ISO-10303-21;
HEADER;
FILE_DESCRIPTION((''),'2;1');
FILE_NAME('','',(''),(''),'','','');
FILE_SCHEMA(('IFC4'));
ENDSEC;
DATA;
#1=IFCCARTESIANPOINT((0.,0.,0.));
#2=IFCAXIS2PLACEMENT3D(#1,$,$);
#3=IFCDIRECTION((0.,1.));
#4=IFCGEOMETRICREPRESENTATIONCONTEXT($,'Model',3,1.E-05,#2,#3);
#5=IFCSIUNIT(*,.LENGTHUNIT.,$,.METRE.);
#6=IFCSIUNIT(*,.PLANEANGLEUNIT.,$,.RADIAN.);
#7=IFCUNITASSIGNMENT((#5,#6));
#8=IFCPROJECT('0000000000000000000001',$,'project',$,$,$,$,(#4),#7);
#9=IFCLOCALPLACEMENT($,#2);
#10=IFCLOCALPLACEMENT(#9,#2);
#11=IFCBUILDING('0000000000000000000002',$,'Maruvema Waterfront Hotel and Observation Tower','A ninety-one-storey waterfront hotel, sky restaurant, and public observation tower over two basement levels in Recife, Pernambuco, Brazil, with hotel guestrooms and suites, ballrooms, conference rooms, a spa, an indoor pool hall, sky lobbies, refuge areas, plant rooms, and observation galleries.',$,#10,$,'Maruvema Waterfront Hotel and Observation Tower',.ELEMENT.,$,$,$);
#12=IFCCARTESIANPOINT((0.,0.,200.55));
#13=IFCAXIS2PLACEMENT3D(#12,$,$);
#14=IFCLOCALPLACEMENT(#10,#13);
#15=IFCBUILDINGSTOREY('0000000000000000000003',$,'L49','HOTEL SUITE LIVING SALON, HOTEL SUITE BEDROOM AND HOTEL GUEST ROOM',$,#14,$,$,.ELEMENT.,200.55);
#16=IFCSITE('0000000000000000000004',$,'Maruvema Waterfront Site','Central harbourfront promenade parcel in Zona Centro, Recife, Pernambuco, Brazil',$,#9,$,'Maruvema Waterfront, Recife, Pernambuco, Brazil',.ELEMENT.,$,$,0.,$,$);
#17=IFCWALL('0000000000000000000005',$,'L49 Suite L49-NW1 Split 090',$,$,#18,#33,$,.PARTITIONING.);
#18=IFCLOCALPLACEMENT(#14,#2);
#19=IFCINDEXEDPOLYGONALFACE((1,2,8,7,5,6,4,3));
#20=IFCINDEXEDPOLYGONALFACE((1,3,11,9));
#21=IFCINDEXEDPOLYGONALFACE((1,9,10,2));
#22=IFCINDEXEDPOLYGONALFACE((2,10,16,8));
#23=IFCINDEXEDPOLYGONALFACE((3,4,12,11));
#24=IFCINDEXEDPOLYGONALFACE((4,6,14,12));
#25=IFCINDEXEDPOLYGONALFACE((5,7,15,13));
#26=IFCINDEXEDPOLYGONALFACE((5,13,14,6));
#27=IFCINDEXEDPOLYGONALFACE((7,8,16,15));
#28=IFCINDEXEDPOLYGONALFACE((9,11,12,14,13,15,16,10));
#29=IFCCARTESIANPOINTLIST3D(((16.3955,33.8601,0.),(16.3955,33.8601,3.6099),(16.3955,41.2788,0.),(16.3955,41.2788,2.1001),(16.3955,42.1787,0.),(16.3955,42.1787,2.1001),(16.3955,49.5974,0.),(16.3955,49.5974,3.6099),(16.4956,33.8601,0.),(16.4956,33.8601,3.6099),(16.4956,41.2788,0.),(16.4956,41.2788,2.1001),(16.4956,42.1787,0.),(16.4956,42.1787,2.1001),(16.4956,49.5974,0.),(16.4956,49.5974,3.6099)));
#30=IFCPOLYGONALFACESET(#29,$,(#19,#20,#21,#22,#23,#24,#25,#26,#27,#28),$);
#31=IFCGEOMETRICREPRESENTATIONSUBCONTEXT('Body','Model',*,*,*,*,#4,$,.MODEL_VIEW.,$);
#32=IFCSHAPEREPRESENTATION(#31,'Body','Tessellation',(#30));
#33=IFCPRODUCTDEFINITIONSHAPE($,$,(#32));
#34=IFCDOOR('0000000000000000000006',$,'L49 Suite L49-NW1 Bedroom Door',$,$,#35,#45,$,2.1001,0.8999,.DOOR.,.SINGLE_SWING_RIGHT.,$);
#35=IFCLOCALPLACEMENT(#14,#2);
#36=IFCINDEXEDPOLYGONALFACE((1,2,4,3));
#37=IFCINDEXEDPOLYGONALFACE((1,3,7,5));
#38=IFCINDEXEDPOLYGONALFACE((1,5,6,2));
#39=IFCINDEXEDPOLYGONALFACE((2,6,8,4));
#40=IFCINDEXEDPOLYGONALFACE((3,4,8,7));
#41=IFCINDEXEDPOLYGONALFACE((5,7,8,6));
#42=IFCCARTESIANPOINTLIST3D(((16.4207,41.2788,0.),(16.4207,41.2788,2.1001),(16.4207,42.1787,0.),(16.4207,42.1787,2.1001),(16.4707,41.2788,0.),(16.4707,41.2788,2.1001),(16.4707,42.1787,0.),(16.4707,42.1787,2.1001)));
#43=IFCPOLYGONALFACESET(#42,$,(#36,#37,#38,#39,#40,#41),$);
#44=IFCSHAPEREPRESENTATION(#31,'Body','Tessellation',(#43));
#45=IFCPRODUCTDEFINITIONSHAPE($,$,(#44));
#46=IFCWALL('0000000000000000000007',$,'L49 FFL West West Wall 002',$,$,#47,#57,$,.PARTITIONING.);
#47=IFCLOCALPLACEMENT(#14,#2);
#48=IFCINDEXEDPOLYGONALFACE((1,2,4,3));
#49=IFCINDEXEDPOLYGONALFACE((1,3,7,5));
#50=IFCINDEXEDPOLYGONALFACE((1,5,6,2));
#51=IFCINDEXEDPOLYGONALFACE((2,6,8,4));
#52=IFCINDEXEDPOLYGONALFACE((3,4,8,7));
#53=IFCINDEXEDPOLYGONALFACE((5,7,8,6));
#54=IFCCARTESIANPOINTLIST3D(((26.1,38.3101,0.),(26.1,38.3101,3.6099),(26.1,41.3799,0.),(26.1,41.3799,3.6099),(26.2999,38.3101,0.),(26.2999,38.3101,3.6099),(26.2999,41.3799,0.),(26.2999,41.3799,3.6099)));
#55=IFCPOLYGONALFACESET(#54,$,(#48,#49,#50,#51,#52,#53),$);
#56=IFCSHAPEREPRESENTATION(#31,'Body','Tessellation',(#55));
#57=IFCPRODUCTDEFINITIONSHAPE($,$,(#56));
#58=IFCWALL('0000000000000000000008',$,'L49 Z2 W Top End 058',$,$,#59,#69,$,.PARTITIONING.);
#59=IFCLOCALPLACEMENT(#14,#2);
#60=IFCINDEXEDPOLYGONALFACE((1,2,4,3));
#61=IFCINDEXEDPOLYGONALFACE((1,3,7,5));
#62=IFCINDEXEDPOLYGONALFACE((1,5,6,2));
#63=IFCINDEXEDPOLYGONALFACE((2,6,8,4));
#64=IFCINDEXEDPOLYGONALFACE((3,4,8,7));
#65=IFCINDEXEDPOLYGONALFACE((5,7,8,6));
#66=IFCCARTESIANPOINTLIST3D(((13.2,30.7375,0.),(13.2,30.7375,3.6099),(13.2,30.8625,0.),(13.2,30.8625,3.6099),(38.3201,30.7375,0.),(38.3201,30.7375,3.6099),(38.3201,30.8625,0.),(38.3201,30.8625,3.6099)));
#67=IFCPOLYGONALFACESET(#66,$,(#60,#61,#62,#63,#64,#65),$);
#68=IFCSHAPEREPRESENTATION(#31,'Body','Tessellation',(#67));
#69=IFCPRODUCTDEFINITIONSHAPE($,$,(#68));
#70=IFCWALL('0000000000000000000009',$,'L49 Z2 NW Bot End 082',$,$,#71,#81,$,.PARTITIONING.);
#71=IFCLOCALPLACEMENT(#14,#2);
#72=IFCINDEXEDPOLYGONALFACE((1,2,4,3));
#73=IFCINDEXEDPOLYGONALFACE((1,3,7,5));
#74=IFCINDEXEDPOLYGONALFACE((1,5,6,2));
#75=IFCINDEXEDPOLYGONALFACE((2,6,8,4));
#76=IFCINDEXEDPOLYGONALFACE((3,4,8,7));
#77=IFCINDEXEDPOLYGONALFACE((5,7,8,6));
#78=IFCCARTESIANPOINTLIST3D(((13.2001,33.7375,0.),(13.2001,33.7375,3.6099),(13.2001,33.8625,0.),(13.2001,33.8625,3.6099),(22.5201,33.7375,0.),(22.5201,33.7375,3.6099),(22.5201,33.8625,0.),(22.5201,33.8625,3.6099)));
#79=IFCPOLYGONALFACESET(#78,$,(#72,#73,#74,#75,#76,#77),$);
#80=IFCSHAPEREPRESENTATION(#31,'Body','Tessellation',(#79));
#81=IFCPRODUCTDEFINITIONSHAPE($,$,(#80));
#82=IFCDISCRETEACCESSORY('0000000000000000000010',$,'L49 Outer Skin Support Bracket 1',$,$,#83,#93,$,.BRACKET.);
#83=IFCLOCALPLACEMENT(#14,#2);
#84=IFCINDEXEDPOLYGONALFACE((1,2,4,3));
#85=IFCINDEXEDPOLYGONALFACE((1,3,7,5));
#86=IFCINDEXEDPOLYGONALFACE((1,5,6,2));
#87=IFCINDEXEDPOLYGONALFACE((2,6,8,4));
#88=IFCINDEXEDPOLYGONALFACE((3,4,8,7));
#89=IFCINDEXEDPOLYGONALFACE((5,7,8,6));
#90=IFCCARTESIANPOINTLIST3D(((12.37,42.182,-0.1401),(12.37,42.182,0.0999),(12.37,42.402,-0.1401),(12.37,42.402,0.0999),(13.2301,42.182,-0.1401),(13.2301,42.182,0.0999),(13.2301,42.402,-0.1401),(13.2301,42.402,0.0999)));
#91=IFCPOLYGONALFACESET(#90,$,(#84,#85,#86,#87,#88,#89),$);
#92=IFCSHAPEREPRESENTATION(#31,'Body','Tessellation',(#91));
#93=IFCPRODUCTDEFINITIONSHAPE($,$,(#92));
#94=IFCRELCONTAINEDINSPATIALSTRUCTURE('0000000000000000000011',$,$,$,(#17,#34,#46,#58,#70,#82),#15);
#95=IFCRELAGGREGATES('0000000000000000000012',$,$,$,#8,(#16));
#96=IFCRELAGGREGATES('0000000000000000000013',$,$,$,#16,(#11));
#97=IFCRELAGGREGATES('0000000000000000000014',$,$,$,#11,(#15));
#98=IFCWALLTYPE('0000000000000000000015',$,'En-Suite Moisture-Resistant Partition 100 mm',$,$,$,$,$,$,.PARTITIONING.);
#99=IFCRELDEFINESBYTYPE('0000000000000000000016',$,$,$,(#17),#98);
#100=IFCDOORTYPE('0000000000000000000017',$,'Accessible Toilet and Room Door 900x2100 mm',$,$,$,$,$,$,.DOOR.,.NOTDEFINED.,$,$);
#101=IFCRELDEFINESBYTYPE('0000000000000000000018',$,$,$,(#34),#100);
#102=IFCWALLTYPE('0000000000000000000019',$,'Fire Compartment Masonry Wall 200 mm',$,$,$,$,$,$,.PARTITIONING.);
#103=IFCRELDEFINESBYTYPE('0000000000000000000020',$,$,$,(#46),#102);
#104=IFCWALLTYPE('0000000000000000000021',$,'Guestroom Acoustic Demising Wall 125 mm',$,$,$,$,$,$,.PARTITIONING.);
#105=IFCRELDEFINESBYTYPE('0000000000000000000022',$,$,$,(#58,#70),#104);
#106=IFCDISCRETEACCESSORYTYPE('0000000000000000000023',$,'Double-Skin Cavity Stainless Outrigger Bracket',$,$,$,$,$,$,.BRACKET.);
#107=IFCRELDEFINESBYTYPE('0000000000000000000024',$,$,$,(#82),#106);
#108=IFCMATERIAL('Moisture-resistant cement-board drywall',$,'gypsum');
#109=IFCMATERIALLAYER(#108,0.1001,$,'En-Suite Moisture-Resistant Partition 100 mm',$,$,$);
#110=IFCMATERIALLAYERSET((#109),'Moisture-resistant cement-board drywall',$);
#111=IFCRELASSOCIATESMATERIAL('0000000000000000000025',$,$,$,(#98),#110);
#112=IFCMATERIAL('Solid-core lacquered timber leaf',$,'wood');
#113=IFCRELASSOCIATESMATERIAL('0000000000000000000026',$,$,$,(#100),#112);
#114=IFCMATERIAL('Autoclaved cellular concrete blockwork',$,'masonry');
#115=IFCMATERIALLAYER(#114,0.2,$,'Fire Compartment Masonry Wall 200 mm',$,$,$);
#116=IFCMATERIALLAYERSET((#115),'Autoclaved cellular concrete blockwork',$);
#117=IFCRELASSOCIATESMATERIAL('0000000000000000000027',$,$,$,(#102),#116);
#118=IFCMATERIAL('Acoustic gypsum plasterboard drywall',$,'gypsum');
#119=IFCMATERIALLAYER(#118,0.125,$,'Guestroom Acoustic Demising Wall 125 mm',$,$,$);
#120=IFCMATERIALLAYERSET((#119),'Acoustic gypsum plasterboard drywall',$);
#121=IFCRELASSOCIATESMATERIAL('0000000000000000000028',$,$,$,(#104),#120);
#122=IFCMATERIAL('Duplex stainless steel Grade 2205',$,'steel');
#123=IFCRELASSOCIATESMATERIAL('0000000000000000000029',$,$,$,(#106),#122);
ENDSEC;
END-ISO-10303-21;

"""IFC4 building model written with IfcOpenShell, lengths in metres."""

from ifc_helpers import new_model, si_unit, direction, frame, frame_2d, origin, origin_2d, place, context, subcontext, project, spatial, rectangle, extrude, material, layer, layer_set, type_object, element, fill, save


model = new_model("IFC4")

# Units and contexts
model_context = context("Model", 3, precision=1e-05, world=origin(), true_north=direction((0.0, 1.0)))
body_context = subcontext(model_context, "Body", "Model", "MODEL_VIEW")
ifc_project = project(units=[si_unit("LENGTHUNIT", "METRE"), si_unit("PLANEANGLEUNIT", "RADIAN")], contexts=[model_context])

# Site, building, storey
site_placement = place(None, origin())
site = spatial("IfcSite", under=ifc_project, at=site_placement, Name="Maruvema Waterfront Site", Description="Central harbourfront promenade parcel in Zona Centro, Recife, Pernambuco, Brazil", LongName="Maruvema Waterfront, Recife, Pernambuco, Brazil", CompositionType="ELEMENT", RefElevation=0.0)
building_placement = place(site_placement, origin())
building = spatial("IfcBuilding", under=site, at=building_placement, Name="Maruvema Waterfront Hotel and Observation Tower", Description="A ninety-one-storey waterfront hotel, sky restaurant, and public observation tower over two basement levels in Recife, Pernambuco, Brazil, with hotel guestrooms and suites, ballrooms, conference rooms, a spa, an indoor pool hall, sky lobbies, refuge areas, plant rooms, and observation galleries.", LongName="Maruvema Waterfront Hotel and Observation Tower", CompositionType="ELEMENT")
storey_placement = place(building_placement, frame((0.0, 0.0, 200.55)))
storey = spatial("IfcBuildingStorey", under=building, at=storey_placement, Name="L49", Description="HOTEL SUITE LIVING SALON, HOTEL SUITE BEDROOM AND HOTEL GUEST ROOM", CompositionType="ELEMENT", Elevation=200.55)

# Wall, opening, door
ifc_material_1 = material(Name="Moisture-resistant cement-board drywall", Category="gypsum")
ifc_layer_1 = layer(ifc_material_1, 0.1001, Name="En-Suite Moisture-Resistant Partition 100 mm")
ifc_layer_set_1 = layer_set([ifc_layer_1], Name="Moisture-resistant cement-board drywall")
wall_type_1 = type_object("IfcWallType", Name="En-Suite Moisture-Resistant Partition 100 mm", PredefinedType="PARTITIONING", material=ifc_layer_set_1)
wall_1_placement = place(storey_placement, frame((16.4456, 33.8601, 0.0), z_axis=(0.0, 0.0, 1.0), x_axis=(0.0, 1.0, 0.0)))
wall_1 = element("IfcWall", 1, at=wall_1_placement, inside=storey, type_object=wall_type_1, Name="L49 Suite L49-NW1 Split 090", PredefinedType="PARTITIONING", context=body_context, shape_type="SweptSolid", body=[
    extrude(rectangle(XDim=15.7373, YDim=0.1001, at=frame_2d((7.8687, 0.0))), origin(), (0.0, 0.0, 1.0), 3.6099),
])
opening_1_placement = place(wall_1_placement, frame((7.4187, 0.0, 0.0)))
opening_1 = element("IfcOpeningElement", 2, at=opening_1_placement, cuts=wall_1, PredefinedType="OPENING", context=body_context, shape_type="SweptSolid", body=[
    extrude(rectangle(XDim=0.8999, YDim=2.1001, at=frame_2d((0.45, 1.05))), frame((0.0, 0.0601, 0.0), z_axis=(0.0, -1.0, 0.0), x_axis=(1.0, 0.0, 0.0)), (0.0, 0.0, 1.0), 0.1201),
])
ifc_material_2 = material(Name="Solid-core lacquered timber leaf", Category="wood")
door_type_1 = type_object("IfcDoorType", Name="Accessible Toilet and Room Door 900x2100 mm", OperationType="NOTDEFINED", PredefinedType="DOOR", material=ifc_material_2)
door_1_placement = place(opening_1_placement, origin())
door_1 = element("IfcDoor", 3, at=door_1_placement, inside=storey, type_object=door_type_1, Name="L49 Suite L49-NW1 Bedroom Door", OperationType="SINGLE_SWING_RIGHT", OverallHeight=2.1001, OverallWidth=0.8999, PredefinedType="DOOR", context=body_context, shape_type="SweptSolid", body=[
    extrude(rectangle(XDim=0.8999, YDim=2.1001, at=frame_2d((0.45, 1.05))), frame((0.0, 0.0249, 0.0), z_axis=(0.0, -1.0, 0.0), x_axis=(1.0, 0.0, 0.0)), (0.0, 0.0, 1.0), 0.05),
])
fill(opening_1, door_1)
ifc_material_3 = material(Name="Autoclaved cellular concrete blockwork", Category="masonry")
ifc_layer_2 = layer(ifc_material_3, 0.2, Name="Fire Compartment Masonry Wall 200 mm")
ifc_layer_set_2 = layer_set([ifc_layer_2], Name="Autoclaved cellular concrete blockwork")
wall_type_2 = type_object("IfcWallType", Name="Fire Compartment Masonry Wall 200 mm", PredefinedType="PARTITIONING", material=ifc_layer_set_2)

# Walls
wall_2_placement = place(storey_placement, frame((26.2, 38.3101, 0.0), z_axis=(0.0, 0.0, 1.0), x_axis=(0.0, 1.0, 0.0)))
element("IfcWall", 4, at=wall_2_placement, inside=storey, type_object=wall_type_2, Name="L49 FFL West West Wall 002", PredefinedType="PARTITIONING", context=body_context, shape_type="SweptSolid", body=[
    extrude(rectangle(XDim=3.0698, YDim=0.2, at=frame_2d((1.5349, 0.0))), origin(), (0.0, 0.0, 1.0), 3.6099),
])
ifc_material_4 = material(Name="Acoustic gypsum plasterboard drywall", Category="gypsum")
ifc_layer_3 = layer(ifc_material_4, 0.125, Name="Guestroom Acoustic Demising Wall 125 mm")
ifc_layer_set_3 = layer_set([ifc_layer_3], Name="Acoustic gypsum plasterboard drywall")
wall_type_3 = type_object("IfcWallType", Name="Guestroom Acoustic Demising Wall 125 mm", PredefinedType="PARTITIONING", material=ifc_layer_set_3)
wall_3_placement = place(storey_placement, frame((13.2, 30.8, 0.0), z_axis=(0.0, 0.0, 1.0), x_axis=(1.0, 0.0, 0.0)))
element("IfcWall", 5, at=wall_3_placement, inside=storey, type_object=wall_type_3, Name="L49 Z2 W Top End 058", PredefinedType="PARTITIONING", context=body_context, shape_type="SweptSolid", body=[
    extrude(rectangle(XDim=25.1201, YDim=0.125, at=frame_2d((12.5601, 0.0))), origin(), (0.0, 0.0, 1.0), 3.6099),
])
wall_4_placement = place(storey_placement, frame((13.2, 33.8, 0.0), z_axis=(0.0, 0.0, 1.0), x_axis=(1.0, 0.0, 0.0)))
element("IfcWall", 6, at=wall_4_placement, inside=storey, type_object=wall_type_3, Name="L49 Z2 NW Bot End 082", PredefinedType="PARTITIONING", context=body_context, shape_type="SweptSolid", body=[
    extrude(rectangle(XDim=9.3201, YDim=0.125, at=frame_2d((4.6602, 0.0))), origin(), (0.0, 0.0, 1.0), 3.6099),
])

# Discrete accessory
ifc_material_5 = material(Name="Duplex stainless steel Grade 2205", Category="steel")
discrete_accessory_type = type_object("IfcDiscreteAccessoryType", Name="Double-Skin Cavity Stainless Outrigger Bracket", PredefinedType="BRACKET", material=ifc_material_5)
discrete_accessory_placement = place(storey_placement, frame((12.8, 42.292, -0.1401), z_axis=(0.0, 0.0, 1.0), x_axis=(0.0, -1.0, 0.0)))
element("IfcDiscreteAccessory", 7, at=discrete_accessory_placement, inside=storey, type_object=discrete_accessory_type, Name="L49 Outer Skin Support Bracket 1", PredefinedType="BRACKET", context=body_context, shape_type="SweptSolid", body=[
    extrude(rectangle(XDim=0.22, YDim=0.8601, at=origin_2d()), origin(), (0.0, 0.0, 1.0), 0.24),
])

save(model, "model.ifc")
